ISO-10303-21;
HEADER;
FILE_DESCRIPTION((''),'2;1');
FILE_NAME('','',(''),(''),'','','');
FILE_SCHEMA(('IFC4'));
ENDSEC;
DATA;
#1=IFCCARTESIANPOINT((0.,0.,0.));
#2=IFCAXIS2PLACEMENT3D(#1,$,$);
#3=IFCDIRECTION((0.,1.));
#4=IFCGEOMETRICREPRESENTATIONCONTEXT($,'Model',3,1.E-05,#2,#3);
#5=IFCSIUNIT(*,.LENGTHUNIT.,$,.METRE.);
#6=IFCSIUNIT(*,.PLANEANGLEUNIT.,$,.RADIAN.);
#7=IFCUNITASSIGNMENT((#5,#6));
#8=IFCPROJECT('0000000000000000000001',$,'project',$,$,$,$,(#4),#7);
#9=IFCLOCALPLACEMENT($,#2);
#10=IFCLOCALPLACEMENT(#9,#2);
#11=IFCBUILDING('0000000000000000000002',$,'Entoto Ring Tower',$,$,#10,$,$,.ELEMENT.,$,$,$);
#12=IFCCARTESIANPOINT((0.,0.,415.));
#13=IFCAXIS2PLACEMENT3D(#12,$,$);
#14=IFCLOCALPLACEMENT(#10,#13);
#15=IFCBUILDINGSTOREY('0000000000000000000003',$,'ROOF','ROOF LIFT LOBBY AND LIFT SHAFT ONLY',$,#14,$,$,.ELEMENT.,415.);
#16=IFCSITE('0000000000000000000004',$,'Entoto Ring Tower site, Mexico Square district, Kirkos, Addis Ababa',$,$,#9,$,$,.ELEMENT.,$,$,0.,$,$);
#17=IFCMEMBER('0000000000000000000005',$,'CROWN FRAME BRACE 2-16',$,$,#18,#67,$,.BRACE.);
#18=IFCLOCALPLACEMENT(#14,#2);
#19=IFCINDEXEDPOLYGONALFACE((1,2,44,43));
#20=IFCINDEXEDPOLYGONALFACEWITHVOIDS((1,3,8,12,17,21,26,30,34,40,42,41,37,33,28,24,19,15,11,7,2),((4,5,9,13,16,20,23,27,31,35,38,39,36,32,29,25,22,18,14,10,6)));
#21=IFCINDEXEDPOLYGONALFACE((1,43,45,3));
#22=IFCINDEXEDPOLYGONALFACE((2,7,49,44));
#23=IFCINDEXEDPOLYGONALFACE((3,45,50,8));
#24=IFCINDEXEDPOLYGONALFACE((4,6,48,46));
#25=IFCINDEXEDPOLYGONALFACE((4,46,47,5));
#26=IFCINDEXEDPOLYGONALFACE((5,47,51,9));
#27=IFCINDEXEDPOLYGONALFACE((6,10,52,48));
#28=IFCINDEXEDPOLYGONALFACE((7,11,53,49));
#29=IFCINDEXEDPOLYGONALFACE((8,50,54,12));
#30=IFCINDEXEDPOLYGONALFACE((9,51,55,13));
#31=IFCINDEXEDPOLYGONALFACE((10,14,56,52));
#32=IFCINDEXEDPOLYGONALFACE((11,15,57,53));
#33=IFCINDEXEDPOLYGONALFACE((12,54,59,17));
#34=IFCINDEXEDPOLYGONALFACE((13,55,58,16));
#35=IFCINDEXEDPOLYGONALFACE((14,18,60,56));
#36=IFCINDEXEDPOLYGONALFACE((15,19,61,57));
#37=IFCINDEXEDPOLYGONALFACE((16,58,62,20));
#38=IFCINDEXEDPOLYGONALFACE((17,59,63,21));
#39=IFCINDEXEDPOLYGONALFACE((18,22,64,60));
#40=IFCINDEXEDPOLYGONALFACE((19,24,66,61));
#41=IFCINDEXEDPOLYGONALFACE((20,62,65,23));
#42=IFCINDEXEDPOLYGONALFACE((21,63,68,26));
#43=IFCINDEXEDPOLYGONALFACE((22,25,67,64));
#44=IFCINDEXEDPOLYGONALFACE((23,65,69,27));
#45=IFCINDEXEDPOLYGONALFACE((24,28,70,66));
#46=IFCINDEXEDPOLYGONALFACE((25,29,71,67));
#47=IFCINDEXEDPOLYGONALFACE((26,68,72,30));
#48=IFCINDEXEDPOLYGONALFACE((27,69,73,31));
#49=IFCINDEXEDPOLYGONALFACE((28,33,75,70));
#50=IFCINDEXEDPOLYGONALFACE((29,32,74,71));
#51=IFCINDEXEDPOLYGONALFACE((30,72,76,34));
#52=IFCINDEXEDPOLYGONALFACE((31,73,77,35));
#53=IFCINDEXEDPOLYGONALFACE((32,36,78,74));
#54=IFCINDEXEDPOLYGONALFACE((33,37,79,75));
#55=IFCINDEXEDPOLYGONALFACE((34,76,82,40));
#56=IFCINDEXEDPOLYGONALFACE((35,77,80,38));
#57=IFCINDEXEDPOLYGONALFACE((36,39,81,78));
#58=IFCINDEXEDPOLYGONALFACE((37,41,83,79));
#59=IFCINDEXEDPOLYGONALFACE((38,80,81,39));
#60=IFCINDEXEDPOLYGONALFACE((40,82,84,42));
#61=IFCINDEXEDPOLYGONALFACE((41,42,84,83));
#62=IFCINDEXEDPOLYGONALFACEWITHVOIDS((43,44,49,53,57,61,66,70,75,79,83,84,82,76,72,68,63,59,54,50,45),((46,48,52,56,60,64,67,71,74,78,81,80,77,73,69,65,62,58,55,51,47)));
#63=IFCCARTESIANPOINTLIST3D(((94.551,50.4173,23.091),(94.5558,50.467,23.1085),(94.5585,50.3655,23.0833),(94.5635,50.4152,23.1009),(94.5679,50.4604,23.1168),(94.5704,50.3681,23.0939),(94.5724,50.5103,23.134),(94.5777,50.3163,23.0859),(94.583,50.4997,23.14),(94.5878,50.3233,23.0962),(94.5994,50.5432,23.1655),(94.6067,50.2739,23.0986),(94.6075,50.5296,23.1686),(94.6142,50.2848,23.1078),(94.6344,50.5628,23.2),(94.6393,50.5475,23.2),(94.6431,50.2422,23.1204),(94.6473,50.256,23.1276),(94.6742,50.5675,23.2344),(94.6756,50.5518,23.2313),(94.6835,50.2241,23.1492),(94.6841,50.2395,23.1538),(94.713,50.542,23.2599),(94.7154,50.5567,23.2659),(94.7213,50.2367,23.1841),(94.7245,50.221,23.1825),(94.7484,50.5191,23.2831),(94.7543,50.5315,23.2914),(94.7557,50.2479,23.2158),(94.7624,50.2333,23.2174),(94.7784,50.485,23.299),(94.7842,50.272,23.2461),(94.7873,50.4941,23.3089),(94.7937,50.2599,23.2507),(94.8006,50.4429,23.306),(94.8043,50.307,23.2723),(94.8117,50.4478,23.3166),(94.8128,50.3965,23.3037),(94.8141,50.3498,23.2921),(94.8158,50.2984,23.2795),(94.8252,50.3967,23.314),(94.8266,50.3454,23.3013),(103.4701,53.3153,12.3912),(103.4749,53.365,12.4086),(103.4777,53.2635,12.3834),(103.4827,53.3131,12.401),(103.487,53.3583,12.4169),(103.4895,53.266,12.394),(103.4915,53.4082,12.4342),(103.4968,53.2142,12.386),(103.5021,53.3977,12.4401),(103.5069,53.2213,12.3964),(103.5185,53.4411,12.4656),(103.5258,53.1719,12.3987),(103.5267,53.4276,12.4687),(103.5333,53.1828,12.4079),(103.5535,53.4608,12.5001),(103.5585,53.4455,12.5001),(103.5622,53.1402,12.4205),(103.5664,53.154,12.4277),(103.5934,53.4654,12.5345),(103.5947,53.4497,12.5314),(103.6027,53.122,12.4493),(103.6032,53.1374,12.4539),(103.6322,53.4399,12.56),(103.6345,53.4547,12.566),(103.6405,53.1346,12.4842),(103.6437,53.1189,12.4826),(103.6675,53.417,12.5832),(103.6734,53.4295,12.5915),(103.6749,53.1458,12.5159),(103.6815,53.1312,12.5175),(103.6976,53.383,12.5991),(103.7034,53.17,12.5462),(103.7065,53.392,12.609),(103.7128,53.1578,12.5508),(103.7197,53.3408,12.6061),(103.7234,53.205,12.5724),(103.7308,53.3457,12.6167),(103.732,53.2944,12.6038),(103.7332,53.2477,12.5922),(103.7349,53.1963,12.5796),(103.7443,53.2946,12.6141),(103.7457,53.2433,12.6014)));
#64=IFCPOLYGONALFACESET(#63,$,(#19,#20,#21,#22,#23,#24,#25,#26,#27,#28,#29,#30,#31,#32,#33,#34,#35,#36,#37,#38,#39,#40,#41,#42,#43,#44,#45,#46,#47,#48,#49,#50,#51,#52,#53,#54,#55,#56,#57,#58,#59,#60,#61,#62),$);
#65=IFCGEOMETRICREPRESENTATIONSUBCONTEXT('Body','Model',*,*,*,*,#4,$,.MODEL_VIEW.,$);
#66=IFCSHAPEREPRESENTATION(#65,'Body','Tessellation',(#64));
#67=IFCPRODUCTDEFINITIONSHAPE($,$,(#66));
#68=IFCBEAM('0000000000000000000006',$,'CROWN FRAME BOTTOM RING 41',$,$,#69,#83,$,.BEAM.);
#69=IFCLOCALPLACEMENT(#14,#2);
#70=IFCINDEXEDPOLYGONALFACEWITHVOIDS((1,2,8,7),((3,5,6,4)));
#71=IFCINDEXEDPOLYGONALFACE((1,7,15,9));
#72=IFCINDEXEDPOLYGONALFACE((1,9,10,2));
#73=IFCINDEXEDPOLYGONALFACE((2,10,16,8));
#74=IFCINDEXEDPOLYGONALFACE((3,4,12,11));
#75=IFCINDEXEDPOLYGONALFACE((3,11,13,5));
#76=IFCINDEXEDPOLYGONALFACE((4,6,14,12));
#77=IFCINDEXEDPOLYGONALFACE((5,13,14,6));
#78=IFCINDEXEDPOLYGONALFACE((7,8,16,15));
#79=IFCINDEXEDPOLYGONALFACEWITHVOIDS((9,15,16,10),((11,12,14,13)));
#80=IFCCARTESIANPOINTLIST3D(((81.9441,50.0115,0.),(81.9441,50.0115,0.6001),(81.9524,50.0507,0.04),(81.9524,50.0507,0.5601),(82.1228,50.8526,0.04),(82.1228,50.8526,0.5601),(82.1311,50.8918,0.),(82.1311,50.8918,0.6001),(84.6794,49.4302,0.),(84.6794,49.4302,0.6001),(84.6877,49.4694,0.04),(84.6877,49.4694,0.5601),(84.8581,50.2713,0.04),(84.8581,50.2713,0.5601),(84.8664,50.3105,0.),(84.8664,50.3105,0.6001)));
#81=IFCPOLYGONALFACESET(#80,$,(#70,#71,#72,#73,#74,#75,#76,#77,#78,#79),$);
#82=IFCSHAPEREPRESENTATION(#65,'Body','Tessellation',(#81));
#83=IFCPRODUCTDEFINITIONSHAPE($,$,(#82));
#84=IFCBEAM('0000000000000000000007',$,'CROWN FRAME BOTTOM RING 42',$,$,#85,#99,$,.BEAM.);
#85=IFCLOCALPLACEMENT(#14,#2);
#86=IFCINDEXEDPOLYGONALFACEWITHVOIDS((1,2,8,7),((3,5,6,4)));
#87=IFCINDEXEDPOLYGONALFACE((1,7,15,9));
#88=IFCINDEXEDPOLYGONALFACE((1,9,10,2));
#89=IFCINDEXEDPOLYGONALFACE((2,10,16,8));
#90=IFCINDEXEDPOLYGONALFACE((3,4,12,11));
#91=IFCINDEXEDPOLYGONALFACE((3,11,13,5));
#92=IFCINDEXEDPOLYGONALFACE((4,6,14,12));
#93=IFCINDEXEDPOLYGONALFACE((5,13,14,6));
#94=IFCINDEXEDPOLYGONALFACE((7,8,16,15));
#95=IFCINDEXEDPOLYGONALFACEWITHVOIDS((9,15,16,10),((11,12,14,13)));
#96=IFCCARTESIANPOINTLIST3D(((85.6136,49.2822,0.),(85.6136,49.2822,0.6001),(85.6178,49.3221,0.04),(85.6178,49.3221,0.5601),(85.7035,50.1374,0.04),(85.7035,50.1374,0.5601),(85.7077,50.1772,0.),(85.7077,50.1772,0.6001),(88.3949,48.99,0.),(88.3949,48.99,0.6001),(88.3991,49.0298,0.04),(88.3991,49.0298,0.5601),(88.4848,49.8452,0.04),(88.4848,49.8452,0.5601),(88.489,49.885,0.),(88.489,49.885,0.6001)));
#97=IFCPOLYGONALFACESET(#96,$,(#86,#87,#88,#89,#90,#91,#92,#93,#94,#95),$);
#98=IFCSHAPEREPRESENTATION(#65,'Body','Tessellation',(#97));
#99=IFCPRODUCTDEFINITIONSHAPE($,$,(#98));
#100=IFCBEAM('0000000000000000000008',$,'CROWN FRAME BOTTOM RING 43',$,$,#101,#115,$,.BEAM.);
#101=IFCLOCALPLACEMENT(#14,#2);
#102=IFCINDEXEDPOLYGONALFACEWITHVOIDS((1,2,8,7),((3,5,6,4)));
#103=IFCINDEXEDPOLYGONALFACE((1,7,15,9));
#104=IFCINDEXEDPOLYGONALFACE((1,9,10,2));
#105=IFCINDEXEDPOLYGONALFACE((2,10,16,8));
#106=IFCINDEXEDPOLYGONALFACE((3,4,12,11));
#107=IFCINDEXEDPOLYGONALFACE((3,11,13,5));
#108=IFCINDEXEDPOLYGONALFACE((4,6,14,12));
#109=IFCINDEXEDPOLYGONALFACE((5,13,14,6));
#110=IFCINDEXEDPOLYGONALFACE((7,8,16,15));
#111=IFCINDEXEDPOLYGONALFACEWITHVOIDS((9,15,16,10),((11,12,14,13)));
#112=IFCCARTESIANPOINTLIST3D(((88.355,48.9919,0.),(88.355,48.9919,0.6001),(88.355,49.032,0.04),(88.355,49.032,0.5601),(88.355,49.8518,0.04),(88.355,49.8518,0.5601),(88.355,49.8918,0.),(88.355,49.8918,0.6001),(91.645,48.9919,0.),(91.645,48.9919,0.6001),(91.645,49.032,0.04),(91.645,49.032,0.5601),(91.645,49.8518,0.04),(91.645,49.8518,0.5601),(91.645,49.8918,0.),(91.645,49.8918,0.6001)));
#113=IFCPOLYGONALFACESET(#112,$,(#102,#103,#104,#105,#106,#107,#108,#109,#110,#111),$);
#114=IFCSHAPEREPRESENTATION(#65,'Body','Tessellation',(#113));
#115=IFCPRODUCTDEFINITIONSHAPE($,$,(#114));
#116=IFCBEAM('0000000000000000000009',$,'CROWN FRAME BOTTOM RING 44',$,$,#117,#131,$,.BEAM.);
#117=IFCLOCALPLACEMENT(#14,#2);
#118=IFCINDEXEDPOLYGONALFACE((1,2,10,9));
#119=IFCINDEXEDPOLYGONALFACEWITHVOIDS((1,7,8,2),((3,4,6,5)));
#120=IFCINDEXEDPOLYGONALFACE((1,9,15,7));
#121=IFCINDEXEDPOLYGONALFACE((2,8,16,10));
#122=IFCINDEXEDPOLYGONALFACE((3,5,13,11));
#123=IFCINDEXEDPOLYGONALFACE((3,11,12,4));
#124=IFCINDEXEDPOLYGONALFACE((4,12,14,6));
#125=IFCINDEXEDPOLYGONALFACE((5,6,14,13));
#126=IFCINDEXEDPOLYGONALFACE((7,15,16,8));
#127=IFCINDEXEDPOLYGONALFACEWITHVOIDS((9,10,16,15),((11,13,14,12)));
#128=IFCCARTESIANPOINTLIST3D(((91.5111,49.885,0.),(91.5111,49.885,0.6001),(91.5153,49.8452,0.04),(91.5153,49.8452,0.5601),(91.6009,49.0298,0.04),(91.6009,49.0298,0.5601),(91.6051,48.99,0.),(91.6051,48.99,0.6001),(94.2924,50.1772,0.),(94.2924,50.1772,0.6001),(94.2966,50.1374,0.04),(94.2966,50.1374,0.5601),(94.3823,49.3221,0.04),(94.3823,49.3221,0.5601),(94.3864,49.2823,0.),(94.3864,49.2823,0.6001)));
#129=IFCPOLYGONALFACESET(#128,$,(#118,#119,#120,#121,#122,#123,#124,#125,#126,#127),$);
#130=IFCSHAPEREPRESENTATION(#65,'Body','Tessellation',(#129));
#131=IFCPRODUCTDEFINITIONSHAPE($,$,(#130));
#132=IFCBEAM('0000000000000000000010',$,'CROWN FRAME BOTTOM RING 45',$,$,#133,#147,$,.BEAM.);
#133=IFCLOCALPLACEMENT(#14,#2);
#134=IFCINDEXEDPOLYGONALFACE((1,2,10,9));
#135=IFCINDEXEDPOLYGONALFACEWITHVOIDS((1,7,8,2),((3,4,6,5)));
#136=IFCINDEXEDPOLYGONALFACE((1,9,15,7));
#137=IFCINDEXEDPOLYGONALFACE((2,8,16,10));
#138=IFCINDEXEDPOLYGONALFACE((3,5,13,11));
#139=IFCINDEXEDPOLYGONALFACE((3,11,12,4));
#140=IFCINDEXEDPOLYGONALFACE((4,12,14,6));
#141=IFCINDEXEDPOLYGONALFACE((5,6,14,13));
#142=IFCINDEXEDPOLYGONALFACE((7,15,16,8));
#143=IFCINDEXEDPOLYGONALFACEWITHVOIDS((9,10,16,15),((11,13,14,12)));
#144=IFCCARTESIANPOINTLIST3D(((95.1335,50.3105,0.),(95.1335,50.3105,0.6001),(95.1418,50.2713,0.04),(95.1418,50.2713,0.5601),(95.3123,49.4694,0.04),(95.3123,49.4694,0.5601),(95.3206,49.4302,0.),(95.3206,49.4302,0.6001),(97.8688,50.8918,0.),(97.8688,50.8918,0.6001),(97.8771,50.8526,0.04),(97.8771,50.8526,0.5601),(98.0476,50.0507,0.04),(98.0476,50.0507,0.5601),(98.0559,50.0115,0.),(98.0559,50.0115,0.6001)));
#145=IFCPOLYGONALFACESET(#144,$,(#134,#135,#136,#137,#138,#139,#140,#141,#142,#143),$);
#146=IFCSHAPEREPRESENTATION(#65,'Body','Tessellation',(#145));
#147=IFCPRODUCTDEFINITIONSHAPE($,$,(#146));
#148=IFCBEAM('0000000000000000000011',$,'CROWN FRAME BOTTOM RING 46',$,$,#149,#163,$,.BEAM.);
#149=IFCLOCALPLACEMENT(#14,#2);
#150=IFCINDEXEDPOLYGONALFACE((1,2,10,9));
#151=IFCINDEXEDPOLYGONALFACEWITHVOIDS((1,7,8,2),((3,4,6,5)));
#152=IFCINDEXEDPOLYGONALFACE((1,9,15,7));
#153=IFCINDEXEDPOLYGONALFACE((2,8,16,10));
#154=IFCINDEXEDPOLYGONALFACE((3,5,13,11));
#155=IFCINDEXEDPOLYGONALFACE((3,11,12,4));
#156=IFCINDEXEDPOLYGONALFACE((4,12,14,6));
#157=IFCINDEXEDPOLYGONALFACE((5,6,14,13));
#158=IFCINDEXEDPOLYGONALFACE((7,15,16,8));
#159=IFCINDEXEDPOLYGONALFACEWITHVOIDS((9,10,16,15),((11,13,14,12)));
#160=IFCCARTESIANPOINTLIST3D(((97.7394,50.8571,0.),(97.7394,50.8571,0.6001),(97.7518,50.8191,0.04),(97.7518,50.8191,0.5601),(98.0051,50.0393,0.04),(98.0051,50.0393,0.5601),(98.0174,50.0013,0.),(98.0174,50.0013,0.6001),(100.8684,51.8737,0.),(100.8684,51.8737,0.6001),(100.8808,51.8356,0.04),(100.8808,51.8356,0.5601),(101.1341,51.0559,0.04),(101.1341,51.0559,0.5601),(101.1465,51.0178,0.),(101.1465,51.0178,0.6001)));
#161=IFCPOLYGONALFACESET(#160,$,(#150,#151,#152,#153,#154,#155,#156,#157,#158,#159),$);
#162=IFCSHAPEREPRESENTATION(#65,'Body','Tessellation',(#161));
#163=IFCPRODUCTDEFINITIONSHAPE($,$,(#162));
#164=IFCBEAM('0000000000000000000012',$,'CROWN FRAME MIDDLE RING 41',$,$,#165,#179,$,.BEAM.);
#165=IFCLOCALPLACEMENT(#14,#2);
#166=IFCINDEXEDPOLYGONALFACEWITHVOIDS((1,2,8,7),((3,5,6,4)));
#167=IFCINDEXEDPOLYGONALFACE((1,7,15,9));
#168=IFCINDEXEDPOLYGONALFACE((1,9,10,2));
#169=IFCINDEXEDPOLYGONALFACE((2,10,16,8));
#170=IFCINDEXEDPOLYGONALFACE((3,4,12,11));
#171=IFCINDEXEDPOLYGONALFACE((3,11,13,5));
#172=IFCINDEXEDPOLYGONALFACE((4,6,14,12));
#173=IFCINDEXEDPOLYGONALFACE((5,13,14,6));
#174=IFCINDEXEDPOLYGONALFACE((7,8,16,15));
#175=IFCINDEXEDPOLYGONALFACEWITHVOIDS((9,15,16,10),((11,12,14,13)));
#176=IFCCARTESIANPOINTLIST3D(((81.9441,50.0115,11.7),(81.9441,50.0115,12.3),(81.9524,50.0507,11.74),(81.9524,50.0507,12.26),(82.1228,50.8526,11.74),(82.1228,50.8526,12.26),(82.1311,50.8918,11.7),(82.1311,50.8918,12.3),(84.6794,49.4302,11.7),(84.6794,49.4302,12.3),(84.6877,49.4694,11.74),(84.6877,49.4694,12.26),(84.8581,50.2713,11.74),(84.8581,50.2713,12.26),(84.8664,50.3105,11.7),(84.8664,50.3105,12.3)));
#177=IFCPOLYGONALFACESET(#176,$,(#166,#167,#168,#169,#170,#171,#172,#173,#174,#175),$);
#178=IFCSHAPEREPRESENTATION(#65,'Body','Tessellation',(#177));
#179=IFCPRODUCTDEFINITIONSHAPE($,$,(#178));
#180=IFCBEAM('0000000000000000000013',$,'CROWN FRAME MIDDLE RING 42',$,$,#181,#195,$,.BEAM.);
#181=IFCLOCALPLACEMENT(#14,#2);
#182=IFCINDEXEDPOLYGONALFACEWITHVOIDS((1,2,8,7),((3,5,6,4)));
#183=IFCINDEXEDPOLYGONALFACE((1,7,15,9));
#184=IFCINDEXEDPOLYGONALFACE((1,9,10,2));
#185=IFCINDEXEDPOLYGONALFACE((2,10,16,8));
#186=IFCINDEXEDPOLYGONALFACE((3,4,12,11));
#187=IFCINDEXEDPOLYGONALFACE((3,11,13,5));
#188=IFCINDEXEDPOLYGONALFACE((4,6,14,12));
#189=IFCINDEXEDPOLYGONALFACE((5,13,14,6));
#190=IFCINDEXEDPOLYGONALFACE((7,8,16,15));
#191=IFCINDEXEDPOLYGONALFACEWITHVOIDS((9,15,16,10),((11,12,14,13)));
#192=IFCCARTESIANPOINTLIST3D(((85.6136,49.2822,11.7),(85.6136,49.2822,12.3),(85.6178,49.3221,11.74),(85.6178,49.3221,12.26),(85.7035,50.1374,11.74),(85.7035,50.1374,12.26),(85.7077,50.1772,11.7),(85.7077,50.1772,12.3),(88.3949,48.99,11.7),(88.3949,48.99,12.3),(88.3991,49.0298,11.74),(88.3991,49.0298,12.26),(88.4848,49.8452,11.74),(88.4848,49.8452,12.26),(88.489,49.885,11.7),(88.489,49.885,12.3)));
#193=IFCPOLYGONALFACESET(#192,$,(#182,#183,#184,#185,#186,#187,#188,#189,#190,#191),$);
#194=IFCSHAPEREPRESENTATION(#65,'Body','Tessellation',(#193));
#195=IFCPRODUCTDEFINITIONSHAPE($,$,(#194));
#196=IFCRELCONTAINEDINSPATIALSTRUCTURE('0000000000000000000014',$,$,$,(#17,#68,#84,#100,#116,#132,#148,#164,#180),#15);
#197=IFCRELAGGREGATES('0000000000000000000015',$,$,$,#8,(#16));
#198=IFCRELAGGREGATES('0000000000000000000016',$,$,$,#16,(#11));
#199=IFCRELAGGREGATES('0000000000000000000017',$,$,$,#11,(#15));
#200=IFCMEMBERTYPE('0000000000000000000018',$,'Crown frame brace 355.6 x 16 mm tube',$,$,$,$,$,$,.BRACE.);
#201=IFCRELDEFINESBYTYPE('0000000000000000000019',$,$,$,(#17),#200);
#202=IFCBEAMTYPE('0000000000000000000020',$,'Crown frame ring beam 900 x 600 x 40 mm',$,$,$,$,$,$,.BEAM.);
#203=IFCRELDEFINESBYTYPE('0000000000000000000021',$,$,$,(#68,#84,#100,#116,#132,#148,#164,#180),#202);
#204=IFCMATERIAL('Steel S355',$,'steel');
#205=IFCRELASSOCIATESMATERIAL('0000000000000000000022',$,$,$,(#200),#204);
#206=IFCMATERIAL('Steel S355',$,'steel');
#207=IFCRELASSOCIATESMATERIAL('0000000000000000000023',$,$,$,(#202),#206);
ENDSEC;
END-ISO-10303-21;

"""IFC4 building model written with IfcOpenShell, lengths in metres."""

from ifc_helpers import new_model, si_unit, direction, frame, origin, origin_2d, place, context, subcontext, project, spatial, hollow_rectangle, hollow_circle, extrude, material, material_profile, profile_set, type_object, element, save


model = new_model("IFC4")

# Units and contexts
model_context = context("Model", 3, precision=1e-05, world=origin(), true_north=direction((0.0, 1.0)))
body_context = subcontext(model_context, "Body", "Model", "MODEL_VIEW")
ifc_project = project(units=[si_unit("LENGTHUNIT", "METRE"), si_unit("PLANEANGLEUNIT", "RADIAN")], contexts=[model_context])

# Site, building, storey
site_placement = place(None, origin())
site = spatial("IfcSite", under=ifc_project, at=site_placement, Name="Entoto Ring Tower site, Mexico Square district, Kirkos, Addis Ababa", CompositionType="ELEMENT", RefElevation=0.0)
building_placement = place(site_placement, origin())
building = spatial("IfcBuilding", under=site, at=building_placement, Name="Entoto Ring Tower", CompositionType="ELEMENT")
storey_placement = place(building_placement, frame((0.0, 0.0, 415.0)))
storey = spatial("IfcBuildingStorey", under=building, at=storey_placement, Name="ROOF", Description="ROOF LIFT LOBBY AND LIFT SHAFT ONLY", CompositionType="ELEMENT", Elevation=415.0)

# Member
ifc_material_1 = material(Name="Steel S355", Category="steel")
ifc_material_profile_1 = material_profile(ifc_material_1, hollow_circle(Radius=0.1775, WallThickness=0.0161, at=origin_2d()), Name="Crown frame brace 355.6 x 16 mm tube")
ifc_profile_set_1 = profile_set([ifc_material_profile_1], Name="Steel S355")
member_type_1 = type_object("IfcMemberType", Name="Crown frame brace 355.6 x 16 mm tube", PredefinedType="BRACE", material=ifc_profile_set_1)
member_1_placement = place(storey_placement, frame((94.6892, 50.394, 23.2), z_axis=(0.626871, 0.203678, -0.752029), x_axis=(-0.30901, 0.951059, 0.0)))
element("IfcMember", 1, at=member_1_placement, inside=storey, type_object=member_type_1, Name="CROWN FRAME BRACE 2-16", PredefinedType="BRACE", context=body_context, shape_type="SweptSolid", body=[
    extrude(hollow_circle(Radius=0.1775, WallThickness=0.0161, at=origin_2d()), origin(), (0.0, 0.0, 1.0), 14.228),
])

# Beams
ifc_material_2 = material(Name="Steel S355", Category="steel")
ifc_material_profile_2 = material_profile(ifc_material_2, hollow_rectangle(XDim=0.8999, YDim=0.6001, WallThickness=0.04, at=origin_2d()), Name="Crown frame ring beam 900 x 600 x 40 mm")
ifc_profile_set_2 = profile_set([ifc_material_profile_2], Name="Steel S355")
beam_type_1 = type_object("IfcBeamType", Name="Crown frame ring beam 900 x 600 x 40 mm", PredefinedType="BEAM", material=ifc_profile_set_2)
beam_1_placement = place(storey_placement, frame((82.0376, 50.4517, 0.3), z_axis=(0.978156, -0.207871, 0.0), x_axis=(0.207871, 0.978156, 0.0)))
element("IfcBeam", 2, at=beam_1_placement, inside=storey, type_object=beam_type_1, Name="CROWN FRAME BOTTOM RING 41", PredefinedType="BEAM", context=body_context, shape_type="SweptSolid", body=[
    extrude(hollow_rectangle(XDim=0.8999, YDim=0.6001, WallThickness=0.04, at=origin_2d()), origin(), (0.0, 0.0, 1.0), 2.7964),
])
beam_2_placement = place(storey_placement, frame((85.6606, 49.7297, 0.3), z_axis=(0.994525, -0.104498, 0.0), x_axis=(0.104498, 0.994525, 0.0)))
element("IfcBeam", 3, at=beam_2_placement, inside=storey, type_object=beam_type_1, Name="CROWN FRAME BOTTOM RING 42", PredefinedType="BEAM", context=body_context, shape_type="SweptSolid", body=[
    extrude(hollow_rectangle(XDim=0.8999, YDim=0.6001, WallThickness=0.04, at=origin_2d()), origin(), (0.0, 0.0, 1.0), 2.7966),
])
beam_3_placement = place(storey_placement, frame((88.355, 49.4419, 0.3), z_axis=(1.0, 0.0, 0.0), x_axis=(0.0, 1.0, 0.0)))
element("IfcBeam", 4, at=beam_3_placement, inside=storey, type_object=beam_type_1, Name="CROWN FRAME BOTTOM RING 43", PredefinedType="BEAM", context=body_context, shape_type="SweptSolid", body=[
    extrude(hollow_rectangle(XDim=0.8999, YDim=0.6001, WallThickness=0.04, at=origin_2d()), origin(), (0.0, 0.0, 1.0), 3.29),
])
beam_4_placement = place(storey_placement, frame((91.5581, 49.4375, 0.3), z_axis=(0.994525, 0.104498, 0.0), x_axis=(-0.104498, 0.994525, 0.0)))
element("IfcBeam", 5, at=beam_4_placement, inside=storey, type_object=beam_type_1, Name="CROWN FRAME BOTTOM RING 44", PredefinedType="BEAM", context=body_context, shape_type="SweptSolid", body=[
    extrude(hollow_rectangle(XDim=0.8999, YDim=0.6001, WallThickness=0.04, at=origin_2d()), origin(), (0.0, 0.0, 1.0), 2.7966),
])
beam_5_placement = place(storey_placement, frame((95.2271, 49.8704, 0.3), z_axis=(0.978156, 0.207871, 0.0), x_axis=(-0.207871, 0.978156, 0.0)))
element("IfcBeam", 6, at=beam_5_placement, inside=storey, type_object=beam_type_1, Name="CROWN FRAME BOTTOM RING 45", PredefinedType="BEAM", context=body_context, shape_type="SweptSolid", body=[
    extrude(hollow_rectangle(XDim=0.8999, YDim=0.6001, WallThickness=0.04, at=origin_2d()), origin(), (0.0, 0.0, 1.0), 2.7964),
])
beam_6_placement = place(storey_placement, frame((97.8784, 50.4292, 0.3), z_axis=(0.951067, 0.308984, 0.0), x_axis=(-0.308984, 0.951067, 0.0)))
element("IfcBeam", 7, at=beam_6_placement, inside=storey, type_object=beam_type_1, Name="CROWN FRAME BOTTOM RING 46", PredefinedType="BEAM", context=body_context, shape_type="SweptSolid", body=[
    extrude(hollow_rectangle(XDim=0.8999, YDim=0.6001, WallThickness=0.04, at=origin_2d()), origin(), (0.0, 0.0, 1.0), 3.29),
])
beam_7_placement = place(storey_placement, frame((82.0376, 50.4517, 12.0), z_axis=(0.978156, -0.207871, 0.0), x_axis=(0.207871, 0.978156, 0.0)))
element("IfcBeam", 8, at=beam_7_placement, inside=storey, type_object=beam_type_1, Name="CROWN FRAME MIDDLE RING 41", PredefinedType="BEAM", context=body_context, shape_type="SweptSolid", body=[
    extrude(hollow_rectangle(XDim=0.8999, YDim=0.6001, WallThickness=0.04, at=origin_2d()), origin(), (0.0, 0.0, 1.0), 2.7964),
])
beam_8_placement = place(storey_placement, frame((85.6606, 49.7297, 12.0), z_axis=(0.994525, -0.104498, 0.0), x_axis=(0.104498, 0.994525, 0.0)))
element("IfcBeam", 9, at=beam_8_placement, inside=storey, type_object=beam_type_1, Name="CROWN FRAME MIDDLE RING 42", PredefinedType="BEAM", context=body_context, shape_type="SweptSolid", body=[
    extrude(hollow_rectangle(XDim=0.8999, YDim=0.6001, WallThickness=0.04, at=origin_2d()), origin(), (0.0, 0.0, 1.0), 2.7966),
])

save(model, "model.ifc")
